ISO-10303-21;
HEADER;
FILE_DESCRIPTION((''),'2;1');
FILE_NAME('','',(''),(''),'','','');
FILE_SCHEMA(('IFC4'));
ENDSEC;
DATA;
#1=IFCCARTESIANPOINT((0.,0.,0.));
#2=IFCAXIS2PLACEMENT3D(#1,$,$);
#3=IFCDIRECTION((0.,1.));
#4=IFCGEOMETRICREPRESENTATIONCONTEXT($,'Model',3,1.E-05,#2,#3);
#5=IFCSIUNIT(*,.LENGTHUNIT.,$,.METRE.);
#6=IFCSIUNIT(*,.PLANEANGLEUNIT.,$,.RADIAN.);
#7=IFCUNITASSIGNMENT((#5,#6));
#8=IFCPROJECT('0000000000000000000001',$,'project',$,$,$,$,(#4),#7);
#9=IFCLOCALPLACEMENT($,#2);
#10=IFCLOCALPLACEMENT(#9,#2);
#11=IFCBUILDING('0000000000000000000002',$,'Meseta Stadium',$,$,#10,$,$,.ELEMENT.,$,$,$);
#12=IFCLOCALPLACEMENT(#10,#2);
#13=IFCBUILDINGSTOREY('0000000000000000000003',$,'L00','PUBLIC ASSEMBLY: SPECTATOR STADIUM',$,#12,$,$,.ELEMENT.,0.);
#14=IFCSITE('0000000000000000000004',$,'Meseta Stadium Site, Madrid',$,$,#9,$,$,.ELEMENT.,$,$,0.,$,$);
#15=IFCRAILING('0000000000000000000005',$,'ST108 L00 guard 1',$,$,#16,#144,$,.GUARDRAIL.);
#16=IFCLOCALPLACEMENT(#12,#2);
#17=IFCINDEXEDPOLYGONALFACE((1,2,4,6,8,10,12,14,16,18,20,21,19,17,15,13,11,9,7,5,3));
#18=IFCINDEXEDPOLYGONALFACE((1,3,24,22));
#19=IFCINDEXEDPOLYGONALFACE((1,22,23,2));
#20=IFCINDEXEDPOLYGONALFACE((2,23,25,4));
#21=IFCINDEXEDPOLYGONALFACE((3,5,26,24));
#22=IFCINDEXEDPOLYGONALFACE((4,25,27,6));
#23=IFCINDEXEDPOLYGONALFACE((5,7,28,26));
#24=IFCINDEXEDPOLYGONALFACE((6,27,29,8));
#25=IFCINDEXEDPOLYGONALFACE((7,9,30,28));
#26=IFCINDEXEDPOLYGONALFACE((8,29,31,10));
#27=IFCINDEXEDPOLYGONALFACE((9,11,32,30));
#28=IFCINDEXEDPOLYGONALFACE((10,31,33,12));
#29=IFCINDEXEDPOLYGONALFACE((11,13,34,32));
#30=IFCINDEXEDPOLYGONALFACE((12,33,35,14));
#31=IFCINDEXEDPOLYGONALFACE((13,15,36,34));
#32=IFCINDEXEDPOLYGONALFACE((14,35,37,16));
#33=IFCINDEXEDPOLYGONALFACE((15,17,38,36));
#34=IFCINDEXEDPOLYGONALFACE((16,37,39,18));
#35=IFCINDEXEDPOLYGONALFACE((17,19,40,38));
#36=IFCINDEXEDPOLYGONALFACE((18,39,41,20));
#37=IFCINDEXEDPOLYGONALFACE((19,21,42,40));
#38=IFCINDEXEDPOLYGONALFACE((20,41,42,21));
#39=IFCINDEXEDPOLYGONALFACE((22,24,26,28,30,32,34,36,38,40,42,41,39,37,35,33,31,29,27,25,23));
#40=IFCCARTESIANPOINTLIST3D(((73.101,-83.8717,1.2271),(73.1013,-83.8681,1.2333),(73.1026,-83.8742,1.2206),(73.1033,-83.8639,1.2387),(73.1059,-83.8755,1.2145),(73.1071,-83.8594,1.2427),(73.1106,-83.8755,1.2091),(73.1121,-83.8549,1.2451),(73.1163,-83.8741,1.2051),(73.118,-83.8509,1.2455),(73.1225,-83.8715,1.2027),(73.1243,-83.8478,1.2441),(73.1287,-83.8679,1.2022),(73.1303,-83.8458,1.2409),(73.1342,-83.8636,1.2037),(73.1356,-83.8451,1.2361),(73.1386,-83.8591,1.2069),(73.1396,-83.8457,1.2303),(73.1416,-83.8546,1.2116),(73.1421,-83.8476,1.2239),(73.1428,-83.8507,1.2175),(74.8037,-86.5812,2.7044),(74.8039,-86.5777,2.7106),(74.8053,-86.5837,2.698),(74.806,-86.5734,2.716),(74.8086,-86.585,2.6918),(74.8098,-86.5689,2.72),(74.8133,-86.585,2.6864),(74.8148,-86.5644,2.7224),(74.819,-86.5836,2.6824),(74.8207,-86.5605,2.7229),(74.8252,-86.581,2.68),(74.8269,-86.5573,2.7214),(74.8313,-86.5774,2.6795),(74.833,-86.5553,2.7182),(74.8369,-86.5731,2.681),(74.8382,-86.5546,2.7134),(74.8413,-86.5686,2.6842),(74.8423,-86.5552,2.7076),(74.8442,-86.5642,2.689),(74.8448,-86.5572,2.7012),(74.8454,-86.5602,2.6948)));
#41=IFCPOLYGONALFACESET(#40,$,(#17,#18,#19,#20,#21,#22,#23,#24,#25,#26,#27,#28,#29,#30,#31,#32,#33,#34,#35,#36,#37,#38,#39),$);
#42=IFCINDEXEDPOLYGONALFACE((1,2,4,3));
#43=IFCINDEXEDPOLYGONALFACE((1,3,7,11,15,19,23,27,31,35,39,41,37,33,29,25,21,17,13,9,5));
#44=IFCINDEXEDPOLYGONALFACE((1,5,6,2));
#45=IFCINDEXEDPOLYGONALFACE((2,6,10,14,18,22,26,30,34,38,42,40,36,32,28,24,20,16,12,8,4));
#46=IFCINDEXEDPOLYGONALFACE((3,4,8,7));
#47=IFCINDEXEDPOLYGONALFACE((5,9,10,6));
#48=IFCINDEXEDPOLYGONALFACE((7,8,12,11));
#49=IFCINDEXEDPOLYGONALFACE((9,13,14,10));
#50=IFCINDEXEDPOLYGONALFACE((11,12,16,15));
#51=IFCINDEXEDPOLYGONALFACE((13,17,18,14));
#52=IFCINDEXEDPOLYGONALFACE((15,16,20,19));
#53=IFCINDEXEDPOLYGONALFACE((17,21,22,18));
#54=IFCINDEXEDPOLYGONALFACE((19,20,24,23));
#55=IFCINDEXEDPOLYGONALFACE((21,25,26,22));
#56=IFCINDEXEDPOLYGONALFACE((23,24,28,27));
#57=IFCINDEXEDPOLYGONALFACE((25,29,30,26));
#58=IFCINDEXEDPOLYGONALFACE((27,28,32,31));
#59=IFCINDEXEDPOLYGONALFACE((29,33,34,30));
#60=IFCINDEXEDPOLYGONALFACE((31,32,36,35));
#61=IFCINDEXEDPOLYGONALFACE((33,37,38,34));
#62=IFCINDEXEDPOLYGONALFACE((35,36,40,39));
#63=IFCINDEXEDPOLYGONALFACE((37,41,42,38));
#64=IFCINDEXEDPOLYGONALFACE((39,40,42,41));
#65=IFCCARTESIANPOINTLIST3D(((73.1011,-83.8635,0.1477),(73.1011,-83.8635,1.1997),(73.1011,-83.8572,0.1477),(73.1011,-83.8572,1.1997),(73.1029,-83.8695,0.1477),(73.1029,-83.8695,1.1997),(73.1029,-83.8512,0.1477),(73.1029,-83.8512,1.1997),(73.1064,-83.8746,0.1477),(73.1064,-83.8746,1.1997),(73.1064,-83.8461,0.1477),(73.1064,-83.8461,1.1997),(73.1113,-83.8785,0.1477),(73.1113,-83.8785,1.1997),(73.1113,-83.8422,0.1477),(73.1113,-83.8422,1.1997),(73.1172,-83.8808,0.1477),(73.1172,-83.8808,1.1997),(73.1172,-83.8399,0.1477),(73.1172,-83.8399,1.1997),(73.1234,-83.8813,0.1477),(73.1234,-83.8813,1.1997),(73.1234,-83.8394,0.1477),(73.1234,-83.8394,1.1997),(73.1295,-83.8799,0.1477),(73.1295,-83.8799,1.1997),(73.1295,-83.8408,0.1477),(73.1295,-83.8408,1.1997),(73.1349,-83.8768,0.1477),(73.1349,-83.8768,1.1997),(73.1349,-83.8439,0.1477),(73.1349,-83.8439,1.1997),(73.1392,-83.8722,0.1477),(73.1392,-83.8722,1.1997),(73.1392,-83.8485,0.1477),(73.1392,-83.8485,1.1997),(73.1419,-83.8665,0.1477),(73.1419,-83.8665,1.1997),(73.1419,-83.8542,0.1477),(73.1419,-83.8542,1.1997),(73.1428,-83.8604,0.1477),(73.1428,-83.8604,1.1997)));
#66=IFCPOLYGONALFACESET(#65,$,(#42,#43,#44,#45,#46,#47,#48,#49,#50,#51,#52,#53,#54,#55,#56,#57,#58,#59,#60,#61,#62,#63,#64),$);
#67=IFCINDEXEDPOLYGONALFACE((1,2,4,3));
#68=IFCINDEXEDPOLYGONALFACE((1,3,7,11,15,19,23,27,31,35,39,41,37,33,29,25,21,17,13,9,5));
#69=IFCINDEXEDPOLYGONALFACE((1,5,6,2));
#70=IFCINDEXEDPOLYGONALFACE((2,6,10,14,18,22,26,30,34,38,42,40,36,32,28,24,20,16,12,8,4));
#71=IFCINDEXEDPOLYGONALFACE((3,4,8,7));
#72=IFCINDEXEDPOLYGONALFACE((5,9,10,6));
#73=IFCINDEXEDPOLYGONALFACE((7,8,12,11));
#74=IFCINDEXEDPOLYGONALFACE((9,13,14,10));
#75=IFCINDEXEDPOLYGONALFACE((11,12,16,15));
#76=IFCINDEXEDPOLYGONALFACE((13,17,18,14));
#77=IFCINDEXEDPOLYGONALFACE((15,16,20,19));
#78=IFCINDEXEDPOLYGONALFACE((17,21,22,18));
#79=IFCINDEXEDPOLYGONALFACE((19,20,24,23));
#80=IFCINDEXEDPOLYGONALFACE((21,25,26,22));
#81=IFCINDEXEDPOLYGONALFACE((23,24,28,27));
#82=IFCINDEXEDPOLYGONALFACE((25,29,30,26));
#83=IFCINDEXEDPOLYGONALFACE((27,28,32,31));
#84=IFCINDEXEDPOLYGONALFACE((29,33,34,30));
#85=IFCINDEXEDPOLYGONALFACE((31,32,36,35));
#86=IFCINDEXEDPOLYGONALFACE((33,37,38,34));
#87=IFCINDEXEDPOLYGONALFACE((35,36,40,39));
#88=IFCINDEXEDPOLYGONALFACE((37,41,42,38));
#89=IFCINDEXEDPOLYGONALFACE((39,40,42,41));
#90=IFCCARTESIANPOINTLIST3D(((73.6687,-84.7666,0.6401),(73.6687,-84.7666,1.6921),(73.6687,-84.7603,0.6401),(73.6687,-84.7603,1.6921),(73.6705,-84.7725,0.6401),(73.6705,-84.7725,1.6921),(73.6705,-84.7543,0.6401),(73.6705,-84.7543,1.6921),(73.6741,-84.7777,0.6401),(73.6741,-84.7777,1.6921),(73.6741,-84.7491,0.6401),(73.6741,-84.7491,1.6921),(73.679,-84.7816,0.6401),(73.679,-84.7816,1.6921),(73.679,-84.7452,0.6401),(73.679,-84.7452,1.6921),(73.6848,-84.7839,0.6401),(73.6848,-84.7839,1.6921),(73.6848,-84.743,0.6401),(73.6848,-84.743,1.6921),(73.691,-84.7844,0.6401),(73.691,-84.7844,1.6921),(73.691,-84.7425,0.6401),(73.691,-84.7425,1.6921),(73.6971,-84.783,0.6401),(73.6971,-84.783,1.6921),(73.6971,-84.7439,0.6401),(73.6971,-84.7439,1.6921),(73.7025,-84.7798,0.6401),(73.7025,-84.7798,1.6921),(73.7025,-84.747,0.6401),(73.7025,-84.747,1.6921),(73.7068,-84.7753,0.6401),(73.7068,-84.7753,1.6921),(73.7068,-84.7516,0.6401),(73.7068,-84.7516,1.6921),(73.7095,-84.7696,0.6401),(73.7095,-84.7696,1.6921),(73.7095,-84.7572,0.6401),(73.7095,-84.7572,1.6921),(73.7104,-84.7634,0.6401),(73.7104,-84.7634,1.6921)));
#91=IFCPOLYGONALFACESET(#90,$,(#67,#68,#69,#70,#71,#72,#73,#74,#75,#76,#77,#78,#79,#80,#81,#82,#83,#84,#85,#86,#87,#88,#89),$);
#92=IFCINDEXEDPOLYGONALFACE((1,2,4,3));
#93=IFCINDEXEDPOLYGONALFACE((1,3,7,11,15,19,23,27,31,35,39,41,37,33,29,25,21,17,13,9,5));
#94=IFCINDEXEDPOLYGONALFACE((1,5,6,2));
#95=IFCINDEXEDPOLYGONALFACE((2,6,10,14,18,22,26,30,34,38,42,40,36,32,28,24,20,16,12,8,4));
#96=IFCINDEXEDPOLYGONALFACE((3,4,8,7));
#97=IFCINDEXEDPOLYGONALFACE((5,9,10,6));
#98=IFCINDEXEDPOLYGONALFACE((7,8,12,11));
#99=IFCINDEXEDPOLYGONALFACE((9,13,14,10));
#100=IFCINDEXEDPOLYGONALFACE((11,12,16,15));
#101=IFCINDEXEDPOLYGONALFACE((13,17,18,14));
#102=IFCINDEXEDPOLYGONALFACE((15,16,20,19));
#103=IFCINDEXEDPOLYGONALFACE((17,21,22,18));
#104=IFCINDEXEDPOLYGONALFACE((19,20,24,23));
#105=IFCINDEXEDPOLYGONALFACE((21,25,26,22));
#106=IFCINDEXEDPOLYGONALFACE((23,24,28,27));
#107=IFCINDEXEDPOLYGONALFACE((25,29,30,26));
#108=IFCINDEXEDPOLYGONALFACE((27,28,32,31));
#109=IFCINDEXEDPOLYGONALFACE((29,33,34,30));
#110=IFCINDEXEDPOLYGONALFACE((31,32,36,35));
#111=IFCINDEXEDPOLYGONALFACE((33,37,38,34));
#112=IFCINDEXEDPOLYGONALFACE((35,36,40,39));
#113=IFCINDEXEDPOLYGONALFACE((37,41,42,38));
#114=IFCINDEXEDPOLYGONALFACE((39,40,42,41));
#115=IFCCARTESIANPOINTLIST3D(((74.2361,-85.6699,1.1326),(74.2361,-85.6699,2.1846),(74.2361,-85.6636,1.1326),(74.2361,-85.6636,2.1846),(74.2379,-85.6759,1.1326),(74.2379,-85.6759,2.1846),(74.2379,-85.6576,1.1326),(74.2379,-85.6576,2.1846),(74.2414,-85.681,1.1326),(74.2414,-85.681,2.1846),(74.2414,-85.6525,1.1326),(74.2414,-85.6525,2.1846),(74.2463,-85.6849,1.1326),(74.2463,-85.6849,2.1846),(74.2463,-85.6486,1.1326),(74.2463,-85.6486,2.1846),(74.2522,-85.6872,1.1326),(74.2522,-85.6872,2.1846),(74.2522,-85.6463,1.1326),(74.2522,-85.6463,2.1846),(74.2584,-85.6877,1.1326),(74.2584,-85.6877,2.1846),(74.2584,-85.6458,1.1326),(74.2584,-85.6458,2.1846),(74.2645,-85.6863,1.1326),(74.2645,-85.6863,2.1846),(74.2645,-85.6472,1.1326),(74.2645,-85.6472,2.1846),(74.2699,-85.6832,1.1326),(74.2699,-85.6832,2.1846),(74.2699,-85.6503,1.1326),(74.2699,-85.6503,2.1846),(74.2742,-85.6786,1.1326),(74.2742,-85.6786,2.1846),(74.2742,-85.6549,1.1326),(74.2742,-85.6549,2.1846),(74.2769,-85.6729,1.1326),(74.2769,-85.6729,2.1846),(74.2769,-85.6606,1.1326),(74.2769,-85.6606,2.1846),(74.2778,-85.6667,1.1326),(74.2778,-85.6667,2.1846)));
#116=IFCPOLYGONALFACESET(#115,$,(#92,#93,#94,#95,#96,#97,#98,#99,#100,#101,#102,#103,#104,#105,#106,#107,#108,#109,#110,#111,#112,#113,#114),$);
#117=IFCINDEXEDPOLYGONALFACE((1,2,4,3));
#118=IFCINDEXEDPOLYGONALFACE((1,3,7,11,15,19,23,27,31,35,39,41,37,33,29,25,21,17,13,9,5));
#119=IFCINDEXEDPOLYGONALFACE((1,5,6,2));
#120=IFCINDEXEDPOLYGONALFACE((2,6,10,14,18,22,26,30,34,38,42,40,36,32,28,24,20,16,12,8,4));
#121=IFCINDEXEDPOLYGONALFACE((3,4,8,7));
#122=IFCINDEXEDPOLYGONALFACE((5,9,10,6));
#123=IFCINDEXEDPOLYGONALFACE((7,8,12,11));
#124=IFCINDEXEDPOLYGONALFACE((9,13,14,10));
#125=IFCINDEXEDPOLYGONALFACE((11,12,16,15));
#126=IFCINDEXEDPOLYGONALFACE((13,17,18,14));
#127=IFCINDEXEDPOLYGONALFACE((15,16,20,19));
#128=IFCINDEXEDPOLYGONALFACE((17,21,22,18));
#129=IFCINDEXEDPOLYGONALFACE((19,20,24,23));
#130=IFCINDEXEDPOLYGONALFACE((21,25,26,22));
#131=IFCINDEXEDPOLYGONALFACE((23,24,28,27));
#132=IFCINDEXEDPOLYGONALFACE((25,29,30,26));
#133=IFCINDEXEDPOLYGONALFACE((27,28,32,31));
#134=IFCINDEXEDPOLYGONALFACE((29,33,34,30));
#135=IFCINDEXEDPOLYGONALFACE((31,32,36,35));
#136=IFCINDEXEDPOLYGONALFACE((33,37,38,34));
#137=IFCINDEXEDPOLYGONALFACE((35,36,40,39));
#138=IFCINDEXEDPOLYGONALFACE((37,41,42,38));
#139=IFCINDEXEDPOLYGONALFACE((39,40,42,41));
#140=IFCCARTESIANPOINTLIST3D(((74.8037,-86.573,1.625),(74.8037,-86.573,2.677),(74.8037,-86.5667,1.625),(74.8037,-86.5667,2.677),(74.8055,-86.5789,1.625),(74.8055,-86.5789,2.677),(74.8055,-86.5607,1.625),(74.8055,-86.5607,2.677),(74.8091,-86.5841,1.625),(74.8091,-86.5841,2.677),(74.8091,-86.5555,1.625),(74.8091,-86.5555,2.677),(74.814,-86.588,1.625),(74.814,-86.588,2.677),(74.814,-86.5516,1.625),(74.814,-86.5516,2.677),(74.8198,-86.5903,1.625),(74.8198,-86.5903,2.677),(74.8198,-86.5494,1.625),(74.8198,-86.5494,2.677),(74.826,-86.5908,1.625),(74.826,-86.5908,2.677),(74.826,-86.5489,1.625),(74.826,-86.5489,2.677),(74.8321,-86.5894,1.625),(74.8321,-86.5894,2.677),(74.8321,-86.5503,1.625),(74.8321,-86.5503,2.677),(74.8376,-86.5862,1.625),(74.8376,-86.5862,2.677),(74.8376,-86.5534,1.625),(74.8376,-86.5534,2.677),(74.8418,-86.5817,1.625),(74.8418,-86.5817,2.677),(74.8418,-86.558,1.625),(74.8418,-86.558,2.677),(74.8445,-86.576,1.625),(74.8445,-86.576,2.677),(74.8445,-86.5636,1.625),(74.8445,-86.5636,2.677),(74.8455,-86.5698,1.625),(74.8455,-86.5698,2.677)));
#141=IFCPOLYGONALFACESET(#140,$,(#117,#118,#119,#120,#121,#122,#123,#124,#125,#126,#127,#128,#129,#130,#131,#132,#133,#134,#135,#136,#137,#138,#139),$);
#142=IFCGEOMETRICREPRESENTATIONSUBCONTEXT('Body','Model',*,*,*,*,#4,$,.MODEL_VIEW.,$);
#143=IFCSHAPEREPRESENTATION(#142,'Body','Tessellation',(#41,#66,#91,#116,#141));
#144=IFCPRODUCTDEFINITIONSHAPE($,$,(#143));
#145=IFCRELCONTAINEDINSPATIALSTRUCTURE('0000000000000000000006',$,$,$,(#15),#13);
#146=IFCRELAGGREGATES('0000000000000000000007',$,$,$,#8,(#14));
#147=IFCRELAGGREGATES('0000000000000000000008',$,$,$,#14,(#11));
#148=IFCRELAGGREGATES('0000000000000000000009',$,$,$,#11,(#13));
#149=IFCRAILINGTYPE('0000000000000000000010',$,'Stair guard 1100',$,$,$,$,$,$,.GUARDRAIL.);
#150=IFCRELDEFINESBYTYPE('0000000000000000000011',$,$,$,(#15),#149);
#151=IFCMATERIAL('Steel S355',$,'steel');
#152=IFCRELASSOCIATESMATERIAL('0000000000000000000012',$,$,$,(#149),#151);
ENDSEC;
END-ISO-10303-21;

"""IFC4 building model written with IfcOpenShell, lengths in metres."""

from ifc_helpers import new_model, si_unit, direction, frame, origin, origin_2d, place, context, subcontext, project, spatial, circle, extrude, material, type_object, element, save


model = new_model("IFC4")

# Units and contexts
model_context = context("Model", 3, precision=1e-05, world=origin(), true_north=direction((0.0, 1.0)))
body_context = subcontext(model_context, "Body", "Model", "MODEL_VIEW")
ifc_project = project(units=[si_unit("LENGTHUNIT", "METRE"), si_unit("PLANEANGLEUNIT", "RADIAN")], contexts=[model_context])

# Site, building, storey
site_placement = place(None, origin())
site = spatial("IfcSite", under=ifc_project, at=site_placement, Name="Meseta Stadium Site, Madrid", CompositionType="ELEMENT", RefElevation=0.0)
building_placement = place(site_placement, origin())
building = spatial("IfcBuilding", under=site, at=building_placement, Name="Meseta Stadium", CompositionType="ELEMENT")
storey_placement = place(building_placement, origin())
storey = spatial("IfcBuildingStorey", under=building, at=storey_placement, Name="L00", Description="PUBLIC ASSEMBLY: SPECTATOR STADIUM", CompositionType="ELEMENT", Elevation=0.0)

# Railing
ifc_material_1 = material(Name="Steel S355", Category="steel")
railing_type_1 = type_object("IfcRailingType", Name="Stair guard 1100", PredefinedType="GUARDRAIL", material=ifc_material_1)
railing_1_placement = place(storey_placement, frame((73.1218, -83.8604, 0.1477)))
element("IfcRailing", 1, at=railing_1_placement, inside=storey, type_object=railing_type_1, Name="ST108 L00 guard 1", PredefinedType="GUARDRAIL", context=body_context, shape_type="SweptSolid", body=[
    extrude(circle(Radius=0.0239, at=origin_2d()), frame((0.0, 0.0, 1.0762), z_axis=(0.483076, -0.768738, 0.419142), x_axis=(0.846701, 0.532068, 0.0)), (0.0, 0.0, 1.0), 3.5247),
    extrude(circle(Radius=0.021, at=origin_2d()), origin(), (0.0, 0.0, 1.0), 1.052),
    extrude(circle(Radius=0.021, at=origin_2d()), frame((0.5676, -0.9031, 0.4924)), (0.0, 0.0, 1.0), 1.052),
    extrude(circle(Radius=0.021, at=origin_2d()), frame((1.135, -1.8064, 0.9849)), (0.0, 0.0, 1.0), 1.052),
    extrude(circle(Radius=0.021, at=origin_2d()), frame((1.7026, -2.7095, 1.4773)), (0.0, 0.0, 1.0), 1.052),
])

save(model, "model.ifc")
